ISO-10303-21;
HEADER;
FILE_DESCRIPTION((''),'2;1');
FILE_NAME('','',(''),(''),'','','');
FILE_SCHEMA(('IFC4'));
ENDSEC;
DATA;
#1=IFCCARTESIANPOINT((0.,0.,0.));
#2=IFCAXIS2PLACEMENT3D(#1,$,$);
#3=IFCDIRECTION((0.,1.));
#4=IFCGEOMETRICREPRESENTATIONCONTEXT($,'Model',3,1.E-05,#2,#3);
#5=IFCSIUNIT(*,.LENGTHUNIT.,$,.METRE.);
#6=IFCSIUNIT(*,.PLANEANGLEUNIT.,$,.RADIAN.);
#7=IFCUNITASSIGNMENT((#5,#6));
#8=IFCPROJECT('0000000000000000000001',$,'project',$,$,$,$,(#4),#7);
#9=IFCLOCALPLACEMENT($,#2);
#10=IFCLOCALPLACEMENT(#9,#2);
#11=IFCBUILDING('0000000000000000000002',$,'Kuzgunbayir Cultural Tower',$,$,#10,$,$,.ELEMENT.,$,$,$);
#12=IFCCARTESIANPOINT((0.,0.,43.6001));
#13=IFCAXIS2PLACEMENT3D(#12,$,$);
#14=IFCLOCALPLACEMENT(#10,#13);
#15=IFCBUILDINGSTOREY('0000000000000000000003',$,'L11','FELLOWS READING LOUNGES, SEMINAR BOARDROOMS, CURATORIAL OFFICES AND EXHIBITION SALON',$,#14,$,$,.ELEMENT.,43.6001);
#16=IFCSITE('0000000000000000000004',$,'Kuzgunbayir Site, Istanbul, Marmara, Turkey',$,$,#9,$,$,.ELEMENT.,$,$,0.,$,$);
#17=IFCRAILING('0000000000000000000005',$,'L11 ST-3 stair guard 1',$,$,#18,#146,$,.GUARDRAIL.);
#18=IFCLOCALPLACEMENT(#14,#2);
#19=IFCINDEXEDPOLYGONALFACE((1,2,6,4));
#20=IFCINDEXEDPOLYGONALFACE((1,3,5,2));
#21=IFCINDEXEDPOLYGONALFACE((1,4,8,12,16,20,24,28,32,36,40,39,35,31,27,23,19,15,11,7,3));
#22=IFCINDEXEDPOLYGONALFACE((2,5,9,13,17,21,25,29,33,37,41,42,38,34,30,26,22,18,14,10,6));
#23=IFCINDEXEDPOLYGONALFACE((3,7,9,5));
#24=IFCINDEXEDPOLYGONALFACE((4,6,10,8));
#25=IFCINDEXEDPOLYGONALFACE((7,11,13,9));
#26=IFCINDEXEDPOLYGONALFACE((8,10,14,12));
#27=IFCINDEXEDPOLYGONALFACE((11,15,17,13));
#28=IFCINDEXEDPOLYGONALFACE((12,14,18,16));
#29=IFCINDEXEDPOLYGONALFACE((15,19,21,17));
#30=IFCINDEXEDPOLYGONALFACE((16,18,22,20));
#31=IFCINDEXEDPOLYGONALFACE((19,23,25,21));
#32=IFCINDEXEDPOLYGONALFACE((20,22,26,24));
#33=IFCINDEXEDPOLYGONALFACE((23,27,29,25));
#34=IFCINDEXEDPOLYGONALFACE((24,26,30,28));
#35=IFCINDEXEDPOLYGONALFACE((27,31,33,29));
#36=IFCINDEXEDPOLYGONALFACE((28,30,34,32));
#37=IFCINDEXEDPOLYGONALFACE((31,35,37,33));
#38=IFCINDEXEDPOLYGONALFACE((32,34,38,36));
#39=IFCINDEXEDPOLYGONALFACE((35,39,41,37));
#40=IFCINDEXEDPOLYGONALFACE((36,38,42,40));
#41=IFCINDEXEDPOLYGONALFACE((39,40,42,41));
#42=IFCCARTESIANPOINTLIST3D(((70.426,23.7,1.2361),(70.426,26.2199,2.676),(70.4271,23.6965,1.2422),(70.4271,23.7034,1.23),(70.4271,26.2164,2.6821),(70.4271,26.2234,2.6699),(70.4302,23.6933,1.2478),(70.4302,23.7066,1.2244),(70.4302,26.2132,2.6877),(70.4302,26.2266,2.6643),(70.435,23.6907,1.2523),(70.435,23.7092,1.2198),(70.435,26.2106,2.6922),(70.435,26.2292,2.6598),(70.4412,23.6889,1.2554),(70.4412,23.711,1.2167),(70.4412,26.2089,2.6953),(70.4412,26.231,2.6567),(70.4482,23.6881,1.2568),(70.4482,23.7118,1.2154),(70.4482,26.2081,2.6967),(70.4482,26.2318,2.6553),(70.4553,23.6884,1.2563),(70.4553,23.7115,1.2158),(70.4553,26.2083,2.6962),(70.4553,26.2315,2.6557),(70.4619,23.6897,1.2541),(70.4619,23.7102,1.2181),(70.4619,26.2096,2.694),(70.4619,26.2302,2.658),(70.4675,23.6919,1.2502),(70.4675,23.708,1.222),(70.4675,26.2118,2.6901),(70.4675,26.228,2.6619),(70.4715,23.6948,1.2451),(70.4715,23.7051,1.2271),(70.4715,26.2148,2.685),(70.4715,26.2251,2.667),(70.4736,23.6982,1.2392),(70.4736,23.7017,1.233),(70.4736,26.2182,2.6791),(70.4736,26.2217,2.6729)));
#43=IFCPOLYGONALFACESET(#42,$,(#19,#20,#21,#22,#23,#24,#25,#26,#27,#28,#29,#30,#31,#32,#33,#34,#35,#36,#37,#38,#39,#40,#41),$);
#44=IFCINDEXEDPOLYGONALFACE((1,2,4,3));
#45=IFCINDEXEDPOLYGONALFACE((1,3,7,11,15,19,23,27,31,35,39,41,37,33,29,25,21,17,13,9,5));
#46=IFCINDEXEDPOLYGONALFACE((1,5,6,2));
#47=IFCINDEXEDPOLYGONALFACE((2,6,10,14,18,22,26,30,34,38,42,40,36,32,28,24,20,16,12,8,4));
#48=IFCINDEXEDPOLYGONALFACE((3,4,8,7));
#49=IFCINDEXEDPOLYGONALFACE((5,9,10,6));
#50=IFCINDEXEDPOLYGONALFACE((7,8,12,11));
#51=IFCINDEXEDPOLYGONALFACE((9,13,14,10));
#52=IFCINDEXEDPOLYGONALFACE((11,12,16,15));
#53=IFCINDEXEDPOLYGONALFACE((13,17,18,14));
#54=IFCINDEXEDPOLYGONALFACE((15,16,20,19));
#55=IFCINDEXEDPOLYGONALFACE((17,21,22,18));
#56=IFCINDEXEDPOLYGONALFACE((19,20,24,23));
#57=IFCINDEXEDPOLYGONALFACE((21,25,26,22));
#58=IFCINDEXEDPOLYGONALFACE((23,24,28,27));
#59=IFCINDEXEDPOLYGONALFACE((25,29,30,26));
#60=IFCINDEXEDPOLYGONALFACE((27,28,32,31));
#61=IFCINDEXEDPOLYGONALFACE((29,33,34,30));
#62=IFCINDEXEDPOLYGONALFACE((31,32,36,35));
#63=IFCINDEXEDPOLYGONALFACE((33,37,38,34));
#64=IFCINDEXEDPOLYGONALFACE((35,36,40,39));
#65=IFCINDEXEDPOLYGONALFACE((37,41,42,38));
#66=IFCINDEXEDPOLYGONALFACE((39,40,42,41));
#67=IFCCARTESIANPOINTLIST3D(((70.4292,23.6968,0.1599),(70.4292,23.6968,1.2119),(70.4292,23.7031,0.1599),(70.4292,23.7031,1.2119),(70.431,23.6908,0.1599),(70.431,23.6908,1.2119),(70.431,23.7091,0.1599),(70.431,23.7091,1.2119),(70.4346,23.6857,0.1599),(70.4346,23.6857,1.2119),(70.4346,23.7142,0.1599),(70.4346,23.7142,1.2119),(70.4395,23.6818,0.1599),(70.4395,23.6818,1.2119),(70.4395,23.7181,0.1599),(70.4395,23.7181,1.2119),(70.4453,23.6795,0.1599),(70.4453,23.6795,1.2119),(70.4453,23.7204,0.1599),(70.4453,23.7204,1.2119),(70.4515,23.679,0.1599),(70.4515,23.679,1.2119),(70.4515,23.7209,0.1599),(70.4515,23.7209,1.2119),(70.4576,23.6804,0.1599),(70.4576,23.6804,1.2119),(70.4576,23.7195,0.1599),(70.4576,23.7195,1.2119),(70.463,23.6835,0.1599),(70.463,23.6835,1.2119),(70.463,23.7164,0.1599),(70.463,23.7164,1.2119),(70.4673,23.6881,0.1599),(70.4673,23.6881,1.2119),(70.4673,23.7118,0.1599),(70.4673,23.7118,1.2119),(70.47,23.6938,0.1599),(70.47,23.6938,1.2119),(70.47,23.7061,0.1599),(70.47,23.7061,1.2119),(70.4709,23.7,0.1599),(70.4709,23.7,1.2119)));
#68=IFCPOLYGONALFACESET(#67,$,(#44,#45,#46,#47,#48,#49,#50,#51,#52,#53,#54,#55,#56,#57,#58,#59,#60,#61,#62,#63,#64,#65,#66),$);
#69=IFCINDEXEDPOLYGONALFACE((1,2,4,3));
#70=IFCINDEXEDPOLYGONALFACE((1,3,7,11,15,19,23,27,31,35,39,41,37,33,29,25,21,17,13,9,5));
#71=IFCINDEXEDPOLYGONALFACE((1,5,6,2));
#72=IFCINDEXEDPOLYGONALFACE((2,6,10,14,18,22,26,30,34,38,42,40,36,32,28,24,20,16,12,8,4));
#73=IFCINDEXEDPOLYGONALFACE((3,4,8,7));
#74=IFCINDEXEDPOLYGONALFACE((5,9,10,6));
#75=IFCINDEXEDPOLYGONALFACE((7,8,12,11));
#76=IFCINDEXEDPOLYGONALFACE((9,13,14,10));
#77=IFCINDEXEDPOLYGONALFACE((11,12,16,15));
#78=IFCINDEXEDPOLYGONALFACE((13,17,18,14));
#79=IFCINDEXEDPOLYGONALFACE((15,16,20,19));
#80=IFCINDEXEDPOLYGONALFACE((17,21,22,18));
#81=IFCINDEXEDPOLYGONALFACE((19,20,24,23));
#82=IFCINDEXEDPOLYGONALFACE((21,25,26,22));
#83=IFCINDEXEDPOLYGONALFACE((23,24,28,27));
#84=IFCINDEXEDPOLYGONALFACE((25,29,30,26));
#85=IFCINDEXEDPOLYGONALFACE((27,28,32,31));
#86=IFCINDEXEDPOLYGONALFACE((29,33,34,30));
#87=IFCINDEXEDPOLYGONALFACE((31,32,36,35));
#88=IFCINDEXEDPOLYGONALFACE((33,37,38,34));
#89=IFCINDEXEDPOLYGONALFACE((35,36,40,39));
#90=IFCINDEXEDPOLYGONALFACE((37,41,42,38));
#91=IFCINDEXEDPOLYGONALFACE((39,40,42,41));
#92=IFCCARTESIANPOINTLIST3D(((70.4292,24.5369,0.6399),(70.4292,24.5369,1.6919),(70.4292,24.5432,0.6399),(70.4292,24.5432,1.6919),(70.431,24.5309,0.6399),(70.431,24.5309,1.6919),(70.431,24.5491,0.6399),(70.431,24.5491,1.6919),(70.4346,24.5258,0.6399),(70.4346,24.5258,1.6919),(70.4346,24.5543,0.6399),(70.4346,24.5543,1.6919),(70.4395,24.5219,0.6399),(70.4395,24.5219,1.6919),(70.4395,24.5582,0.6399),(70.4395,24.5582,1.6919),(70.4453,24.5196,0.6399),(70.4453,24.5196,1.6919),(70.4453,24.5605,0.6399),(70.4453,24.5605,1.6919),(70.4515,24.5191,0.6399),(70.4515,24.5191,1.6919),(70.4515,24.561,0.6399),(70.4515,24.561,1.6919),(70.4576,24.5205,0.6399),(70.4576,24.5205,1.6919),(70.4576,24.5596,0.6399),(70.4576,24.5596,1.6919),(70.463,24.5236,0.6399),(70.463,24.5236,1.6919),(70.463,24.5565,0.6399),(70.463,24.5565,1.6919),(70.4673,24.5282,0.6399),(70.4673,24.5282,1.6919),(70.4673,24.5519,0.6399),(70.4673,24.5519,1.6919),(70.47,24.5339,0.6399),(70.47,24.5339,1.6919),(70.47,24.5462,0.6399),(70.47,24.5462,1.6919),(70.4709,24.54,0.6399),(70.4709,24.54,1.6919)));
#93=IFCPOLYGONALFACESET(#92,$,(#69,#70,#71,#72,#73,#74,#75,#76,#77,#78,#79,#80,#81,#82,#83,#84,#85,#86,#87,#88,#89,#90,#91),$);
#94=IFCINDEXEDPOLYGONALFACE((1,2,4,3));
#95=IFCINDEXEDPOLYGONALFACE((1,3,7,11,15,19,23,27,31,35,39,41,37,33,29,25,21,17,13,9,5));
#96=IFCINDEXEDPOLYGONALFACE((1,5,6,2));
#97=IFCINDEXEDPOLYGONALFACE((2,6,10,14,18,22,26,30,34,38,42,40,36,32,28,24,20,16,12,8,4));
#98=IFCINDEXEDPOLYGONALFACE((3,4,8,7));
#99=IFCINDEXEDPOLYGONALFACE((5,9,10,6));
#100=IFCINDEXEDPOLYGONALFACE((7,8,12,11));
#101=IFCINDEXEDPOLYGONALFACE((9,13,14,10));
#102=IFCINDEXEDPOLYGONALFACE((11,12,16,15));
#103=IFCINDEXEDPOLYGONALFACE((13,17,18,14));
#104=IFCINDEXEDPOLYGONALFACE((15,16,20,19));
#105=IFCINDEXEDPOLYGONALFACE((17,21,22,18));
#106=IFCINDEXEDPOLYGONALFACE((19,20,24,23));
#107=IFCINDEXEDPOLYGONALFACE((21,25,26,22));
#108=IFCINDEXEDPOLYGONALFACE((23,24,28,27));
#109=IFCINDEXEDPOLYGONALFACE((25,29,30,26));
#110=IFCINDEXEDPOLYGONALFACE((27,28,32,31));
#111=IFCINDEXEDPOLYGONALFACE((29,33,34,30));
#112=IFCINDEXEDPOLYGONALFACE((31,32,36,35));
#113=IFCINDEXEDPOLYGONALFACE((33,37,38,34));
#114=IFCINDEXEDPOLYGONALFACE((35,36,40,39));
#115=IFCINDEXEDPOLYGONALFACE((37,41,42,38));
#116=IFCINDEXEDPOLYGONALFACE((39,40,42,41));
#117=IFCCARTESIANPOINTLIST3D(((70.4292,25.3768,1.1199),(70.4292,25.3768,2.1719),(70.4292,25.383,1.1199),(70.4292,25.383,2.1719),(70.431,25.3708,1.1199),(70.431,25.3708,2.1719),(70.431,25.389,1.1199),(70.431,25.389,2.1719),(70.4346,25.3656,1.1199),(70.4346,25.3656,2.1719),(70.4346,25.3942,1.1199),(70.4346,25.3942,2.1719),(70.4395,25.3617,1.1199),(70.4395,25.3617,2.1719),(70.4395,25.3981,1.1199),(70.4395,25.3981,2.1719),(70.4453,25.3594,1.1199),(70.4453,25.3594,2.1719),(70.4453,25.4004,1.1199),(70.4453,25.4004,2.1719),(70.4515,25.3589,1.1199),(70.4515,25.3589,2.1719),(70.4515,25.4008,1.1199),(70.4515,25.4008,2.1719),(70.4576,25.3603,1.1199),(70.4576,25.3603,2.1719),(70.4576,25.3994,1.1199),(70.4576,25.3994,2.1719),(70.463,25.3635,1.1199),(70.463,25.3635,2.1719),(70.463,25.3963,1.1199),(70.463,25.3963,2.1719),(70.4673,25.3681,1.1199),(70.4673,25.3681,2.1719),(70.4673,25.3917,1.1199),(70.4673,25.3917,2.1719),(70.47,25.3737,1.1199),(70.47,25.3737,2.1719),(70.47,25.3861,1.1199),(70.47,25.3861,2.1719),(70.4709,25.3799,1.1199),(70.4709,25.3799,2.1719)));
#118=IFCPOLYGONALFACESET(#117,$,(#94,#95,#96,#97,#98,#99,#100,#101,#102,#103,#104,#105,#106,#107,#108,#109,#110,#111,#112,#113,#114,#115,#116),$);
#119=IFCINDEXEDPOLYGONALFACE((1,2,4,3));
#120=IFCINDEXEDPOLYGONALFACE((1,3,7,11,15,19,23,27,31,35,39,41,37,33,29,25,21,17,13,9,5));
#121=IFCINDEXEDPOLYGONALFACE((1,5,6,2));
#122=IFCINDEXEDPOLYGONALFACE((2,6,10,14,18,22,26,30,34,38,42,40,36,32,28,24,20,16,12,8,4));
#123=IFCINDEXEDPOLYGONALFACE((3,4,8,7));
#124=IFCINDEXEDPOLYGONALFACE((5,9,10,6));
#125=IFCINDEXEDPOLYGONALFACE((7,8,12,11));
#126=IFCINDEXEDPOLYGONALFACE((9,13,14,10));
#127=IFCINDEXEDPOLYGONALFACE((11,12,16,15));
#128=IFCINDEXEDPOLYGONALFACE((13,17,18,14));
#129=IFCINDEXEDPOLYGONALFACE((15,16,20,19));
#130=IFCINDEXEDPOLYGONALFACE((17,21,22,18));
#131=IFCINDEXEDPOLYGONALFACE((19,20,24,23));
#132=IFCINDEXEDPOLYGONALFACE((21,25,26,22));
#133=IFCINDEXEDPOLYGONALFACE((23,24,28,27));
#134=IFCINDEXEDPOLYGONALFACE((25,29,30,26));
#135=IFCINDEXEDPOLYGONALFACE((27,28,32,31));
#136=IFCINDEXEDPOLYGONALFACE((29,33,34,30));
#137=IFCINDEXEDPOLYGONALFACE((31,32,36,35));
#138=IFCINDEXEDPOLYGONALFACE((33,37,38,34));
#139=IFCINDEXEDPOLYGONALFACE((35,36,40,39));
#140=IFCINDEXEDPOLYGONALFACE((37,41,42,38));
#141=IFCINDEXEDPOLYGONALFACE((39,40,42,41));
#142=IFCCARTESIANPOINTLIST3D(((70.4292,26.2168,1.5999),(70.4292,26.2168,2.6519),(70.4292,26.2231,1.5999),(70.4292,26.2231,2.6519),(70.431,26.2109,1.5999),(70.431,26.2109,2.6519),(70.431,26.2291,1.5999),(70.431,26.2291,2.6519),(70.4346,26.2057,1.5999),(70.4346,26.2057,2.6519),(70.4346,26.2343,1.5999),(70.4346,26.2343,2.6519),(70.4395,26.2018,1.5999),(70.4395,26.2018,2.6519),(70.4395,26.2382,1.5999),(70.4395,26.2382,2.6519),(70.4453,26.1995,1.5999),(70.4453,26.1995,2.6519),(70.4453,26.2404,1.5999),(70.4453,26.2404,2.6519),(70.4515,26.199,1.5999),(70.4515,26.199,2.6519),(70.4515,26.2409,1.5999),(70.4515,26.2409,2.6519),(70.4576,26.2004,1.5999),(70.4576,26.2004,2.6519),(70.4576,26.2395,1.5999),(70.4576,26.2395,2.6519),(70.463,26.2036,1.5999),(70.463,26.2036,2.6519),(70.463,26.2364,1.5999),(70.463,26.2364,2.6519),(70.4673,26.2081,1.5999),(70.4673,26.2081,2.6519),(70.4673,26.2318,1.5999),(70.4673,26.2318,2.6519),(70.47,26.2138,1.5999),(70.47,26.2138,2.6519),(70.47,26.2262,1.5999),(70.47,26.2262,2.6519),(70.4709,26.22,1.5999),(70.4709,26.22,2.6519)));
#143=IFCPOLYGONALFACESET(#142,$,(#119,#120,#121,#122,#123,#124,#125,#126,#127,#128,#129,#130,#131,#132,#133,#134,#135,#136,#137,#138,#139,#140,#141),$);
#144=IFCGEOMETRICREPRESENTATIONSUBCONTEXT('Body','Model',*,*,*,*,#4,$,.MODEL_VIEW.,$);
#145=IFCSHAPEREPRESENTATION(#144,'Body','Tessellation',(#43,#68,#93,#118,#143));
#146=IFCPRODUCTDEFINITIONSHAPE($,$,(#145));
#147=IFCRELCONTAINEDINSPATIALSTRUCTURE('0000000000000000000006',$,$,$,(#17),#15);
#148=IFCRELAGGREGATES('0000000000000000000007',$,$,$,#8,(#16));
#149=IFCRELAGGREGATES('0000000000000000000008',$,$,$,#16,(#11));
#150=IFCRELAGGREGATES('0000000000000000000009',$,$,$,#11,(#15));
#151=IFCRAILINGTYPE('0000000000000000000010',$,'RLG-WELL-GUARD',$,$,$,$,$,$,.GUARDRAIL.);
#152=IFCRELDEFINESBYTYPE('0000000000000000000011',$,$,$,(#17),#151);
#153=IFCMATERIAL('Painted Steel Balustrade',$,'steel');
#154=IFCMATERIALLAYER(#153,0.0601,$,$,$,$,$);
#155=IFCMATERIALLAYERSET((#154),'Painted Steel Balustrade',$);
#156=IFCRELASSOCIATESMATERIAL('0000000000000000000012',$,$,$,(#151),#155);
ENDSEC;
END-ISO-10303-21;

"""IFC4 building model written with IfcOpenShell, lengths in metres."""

from ifc_helpers import new_model, si_unit, direction, frame, origin, origin_2d, place, context, subcontext, project, spatial, circle, extrude, material, layer, layer_set, type_object, element, save


model = new_model("IFC4")

# Units and contexts
model_context = context("Model", 3, precision=1e-05, world=origin(), true_north=direction((0.0, 1.0)))
body_context = subcontext(model_context, "Body", "Model", "MODEL_VIEW")
ifc_project = project(units=[si_unit("LENGTHUNIT", "METRE"), si_unit("PLANEANGLEUNIT", "RADIAN")], contexts=[model_context])

# Site, building, storey
site_placement = place(None, origin())
site = spatial("IfcSite", under=ifc_project, at=site_placement, Name="Kuzgunbayir Site, Istanbul, Marmara, Turkey", CompositionType="ELEMENT", RefElevation=0.0)
building_placement = place(site_placement, origin())
building = spatial("IfcBuilding", under=site, at=building_placement, Name="Kuzgunbayir Cultural Tower", CompositionType="ELEMENT")
storey_placement = place(building_placement, frame((0.0, 0.0, 43.6001)))
storey = spatial("IfcBuildingStorey", under=building, at=storey_placement, Name="L11", Description="FELLOWS READING LOUNGES, SEMINAR BOARDROOMS, CURATORIAL OFFICES AND EXHIBITION SALON", CompositionType="ELEMENT", Elevation=43.6001)

# Railing
ifc_material_1 = material(Name="Painted Steel Balustrade", Category="steel")
ifc_layer_1 = layer(ifc_material_1, 0.0601)
ifc_layer_set_1 = layer_set([ifc_layer_1], Name="Painted Steel Balustrade")
railing_type_1 = type_object("IfcRailingType", Name="RLG-WELL-GUARD", PredefinedType="GUARDRAIL", material=ifc_layer_set_1)
railing_1_placement = place(storey_placement, frame((70.45, 23.7, 0.1599)))
element("IfcRailing", 1, at=railing_1_placement, inside=storey, type_object=railing_type_1, Name="L11 ST-3 stair guard 1", PredefinedType="GUARDRAIL", context=body_context, shape_type="SweptSolid", body=[
    extrude(circle(Radius=0.0239, at=origin_2d()), frame((0.0, 0.0, 1.0762), z_axis=(0.0, 0.868253, 0.496121), x_axis=(-1.0, 0.0, 0.0)), (0.0, 0.0, 1.0), 2.9023),
    extrude(circle(Radius=0.021, at=origin_2d()), origin(), (0.0, 0.0, 1.0), 1.052),
    extrude(circle(Radius=0.021, at=origin_2d()), frame((0.0, 0.8401, 0.48)), (0.0, 0.0, 1.0), 1.052),
    extrude(circle(Radius=0.021, at=origin_2d()), frame((0.0, 1.6799, 0.96)), (0.0, 0.0, 1.0), 1.052),
    extrude(circle(Radius=0.021, at=origin_2d()), frame((0.0, 2.52, 1.4399)), (0.0, 0.0, 1.0), 1.052),
])

save(model, "model.ifc")
